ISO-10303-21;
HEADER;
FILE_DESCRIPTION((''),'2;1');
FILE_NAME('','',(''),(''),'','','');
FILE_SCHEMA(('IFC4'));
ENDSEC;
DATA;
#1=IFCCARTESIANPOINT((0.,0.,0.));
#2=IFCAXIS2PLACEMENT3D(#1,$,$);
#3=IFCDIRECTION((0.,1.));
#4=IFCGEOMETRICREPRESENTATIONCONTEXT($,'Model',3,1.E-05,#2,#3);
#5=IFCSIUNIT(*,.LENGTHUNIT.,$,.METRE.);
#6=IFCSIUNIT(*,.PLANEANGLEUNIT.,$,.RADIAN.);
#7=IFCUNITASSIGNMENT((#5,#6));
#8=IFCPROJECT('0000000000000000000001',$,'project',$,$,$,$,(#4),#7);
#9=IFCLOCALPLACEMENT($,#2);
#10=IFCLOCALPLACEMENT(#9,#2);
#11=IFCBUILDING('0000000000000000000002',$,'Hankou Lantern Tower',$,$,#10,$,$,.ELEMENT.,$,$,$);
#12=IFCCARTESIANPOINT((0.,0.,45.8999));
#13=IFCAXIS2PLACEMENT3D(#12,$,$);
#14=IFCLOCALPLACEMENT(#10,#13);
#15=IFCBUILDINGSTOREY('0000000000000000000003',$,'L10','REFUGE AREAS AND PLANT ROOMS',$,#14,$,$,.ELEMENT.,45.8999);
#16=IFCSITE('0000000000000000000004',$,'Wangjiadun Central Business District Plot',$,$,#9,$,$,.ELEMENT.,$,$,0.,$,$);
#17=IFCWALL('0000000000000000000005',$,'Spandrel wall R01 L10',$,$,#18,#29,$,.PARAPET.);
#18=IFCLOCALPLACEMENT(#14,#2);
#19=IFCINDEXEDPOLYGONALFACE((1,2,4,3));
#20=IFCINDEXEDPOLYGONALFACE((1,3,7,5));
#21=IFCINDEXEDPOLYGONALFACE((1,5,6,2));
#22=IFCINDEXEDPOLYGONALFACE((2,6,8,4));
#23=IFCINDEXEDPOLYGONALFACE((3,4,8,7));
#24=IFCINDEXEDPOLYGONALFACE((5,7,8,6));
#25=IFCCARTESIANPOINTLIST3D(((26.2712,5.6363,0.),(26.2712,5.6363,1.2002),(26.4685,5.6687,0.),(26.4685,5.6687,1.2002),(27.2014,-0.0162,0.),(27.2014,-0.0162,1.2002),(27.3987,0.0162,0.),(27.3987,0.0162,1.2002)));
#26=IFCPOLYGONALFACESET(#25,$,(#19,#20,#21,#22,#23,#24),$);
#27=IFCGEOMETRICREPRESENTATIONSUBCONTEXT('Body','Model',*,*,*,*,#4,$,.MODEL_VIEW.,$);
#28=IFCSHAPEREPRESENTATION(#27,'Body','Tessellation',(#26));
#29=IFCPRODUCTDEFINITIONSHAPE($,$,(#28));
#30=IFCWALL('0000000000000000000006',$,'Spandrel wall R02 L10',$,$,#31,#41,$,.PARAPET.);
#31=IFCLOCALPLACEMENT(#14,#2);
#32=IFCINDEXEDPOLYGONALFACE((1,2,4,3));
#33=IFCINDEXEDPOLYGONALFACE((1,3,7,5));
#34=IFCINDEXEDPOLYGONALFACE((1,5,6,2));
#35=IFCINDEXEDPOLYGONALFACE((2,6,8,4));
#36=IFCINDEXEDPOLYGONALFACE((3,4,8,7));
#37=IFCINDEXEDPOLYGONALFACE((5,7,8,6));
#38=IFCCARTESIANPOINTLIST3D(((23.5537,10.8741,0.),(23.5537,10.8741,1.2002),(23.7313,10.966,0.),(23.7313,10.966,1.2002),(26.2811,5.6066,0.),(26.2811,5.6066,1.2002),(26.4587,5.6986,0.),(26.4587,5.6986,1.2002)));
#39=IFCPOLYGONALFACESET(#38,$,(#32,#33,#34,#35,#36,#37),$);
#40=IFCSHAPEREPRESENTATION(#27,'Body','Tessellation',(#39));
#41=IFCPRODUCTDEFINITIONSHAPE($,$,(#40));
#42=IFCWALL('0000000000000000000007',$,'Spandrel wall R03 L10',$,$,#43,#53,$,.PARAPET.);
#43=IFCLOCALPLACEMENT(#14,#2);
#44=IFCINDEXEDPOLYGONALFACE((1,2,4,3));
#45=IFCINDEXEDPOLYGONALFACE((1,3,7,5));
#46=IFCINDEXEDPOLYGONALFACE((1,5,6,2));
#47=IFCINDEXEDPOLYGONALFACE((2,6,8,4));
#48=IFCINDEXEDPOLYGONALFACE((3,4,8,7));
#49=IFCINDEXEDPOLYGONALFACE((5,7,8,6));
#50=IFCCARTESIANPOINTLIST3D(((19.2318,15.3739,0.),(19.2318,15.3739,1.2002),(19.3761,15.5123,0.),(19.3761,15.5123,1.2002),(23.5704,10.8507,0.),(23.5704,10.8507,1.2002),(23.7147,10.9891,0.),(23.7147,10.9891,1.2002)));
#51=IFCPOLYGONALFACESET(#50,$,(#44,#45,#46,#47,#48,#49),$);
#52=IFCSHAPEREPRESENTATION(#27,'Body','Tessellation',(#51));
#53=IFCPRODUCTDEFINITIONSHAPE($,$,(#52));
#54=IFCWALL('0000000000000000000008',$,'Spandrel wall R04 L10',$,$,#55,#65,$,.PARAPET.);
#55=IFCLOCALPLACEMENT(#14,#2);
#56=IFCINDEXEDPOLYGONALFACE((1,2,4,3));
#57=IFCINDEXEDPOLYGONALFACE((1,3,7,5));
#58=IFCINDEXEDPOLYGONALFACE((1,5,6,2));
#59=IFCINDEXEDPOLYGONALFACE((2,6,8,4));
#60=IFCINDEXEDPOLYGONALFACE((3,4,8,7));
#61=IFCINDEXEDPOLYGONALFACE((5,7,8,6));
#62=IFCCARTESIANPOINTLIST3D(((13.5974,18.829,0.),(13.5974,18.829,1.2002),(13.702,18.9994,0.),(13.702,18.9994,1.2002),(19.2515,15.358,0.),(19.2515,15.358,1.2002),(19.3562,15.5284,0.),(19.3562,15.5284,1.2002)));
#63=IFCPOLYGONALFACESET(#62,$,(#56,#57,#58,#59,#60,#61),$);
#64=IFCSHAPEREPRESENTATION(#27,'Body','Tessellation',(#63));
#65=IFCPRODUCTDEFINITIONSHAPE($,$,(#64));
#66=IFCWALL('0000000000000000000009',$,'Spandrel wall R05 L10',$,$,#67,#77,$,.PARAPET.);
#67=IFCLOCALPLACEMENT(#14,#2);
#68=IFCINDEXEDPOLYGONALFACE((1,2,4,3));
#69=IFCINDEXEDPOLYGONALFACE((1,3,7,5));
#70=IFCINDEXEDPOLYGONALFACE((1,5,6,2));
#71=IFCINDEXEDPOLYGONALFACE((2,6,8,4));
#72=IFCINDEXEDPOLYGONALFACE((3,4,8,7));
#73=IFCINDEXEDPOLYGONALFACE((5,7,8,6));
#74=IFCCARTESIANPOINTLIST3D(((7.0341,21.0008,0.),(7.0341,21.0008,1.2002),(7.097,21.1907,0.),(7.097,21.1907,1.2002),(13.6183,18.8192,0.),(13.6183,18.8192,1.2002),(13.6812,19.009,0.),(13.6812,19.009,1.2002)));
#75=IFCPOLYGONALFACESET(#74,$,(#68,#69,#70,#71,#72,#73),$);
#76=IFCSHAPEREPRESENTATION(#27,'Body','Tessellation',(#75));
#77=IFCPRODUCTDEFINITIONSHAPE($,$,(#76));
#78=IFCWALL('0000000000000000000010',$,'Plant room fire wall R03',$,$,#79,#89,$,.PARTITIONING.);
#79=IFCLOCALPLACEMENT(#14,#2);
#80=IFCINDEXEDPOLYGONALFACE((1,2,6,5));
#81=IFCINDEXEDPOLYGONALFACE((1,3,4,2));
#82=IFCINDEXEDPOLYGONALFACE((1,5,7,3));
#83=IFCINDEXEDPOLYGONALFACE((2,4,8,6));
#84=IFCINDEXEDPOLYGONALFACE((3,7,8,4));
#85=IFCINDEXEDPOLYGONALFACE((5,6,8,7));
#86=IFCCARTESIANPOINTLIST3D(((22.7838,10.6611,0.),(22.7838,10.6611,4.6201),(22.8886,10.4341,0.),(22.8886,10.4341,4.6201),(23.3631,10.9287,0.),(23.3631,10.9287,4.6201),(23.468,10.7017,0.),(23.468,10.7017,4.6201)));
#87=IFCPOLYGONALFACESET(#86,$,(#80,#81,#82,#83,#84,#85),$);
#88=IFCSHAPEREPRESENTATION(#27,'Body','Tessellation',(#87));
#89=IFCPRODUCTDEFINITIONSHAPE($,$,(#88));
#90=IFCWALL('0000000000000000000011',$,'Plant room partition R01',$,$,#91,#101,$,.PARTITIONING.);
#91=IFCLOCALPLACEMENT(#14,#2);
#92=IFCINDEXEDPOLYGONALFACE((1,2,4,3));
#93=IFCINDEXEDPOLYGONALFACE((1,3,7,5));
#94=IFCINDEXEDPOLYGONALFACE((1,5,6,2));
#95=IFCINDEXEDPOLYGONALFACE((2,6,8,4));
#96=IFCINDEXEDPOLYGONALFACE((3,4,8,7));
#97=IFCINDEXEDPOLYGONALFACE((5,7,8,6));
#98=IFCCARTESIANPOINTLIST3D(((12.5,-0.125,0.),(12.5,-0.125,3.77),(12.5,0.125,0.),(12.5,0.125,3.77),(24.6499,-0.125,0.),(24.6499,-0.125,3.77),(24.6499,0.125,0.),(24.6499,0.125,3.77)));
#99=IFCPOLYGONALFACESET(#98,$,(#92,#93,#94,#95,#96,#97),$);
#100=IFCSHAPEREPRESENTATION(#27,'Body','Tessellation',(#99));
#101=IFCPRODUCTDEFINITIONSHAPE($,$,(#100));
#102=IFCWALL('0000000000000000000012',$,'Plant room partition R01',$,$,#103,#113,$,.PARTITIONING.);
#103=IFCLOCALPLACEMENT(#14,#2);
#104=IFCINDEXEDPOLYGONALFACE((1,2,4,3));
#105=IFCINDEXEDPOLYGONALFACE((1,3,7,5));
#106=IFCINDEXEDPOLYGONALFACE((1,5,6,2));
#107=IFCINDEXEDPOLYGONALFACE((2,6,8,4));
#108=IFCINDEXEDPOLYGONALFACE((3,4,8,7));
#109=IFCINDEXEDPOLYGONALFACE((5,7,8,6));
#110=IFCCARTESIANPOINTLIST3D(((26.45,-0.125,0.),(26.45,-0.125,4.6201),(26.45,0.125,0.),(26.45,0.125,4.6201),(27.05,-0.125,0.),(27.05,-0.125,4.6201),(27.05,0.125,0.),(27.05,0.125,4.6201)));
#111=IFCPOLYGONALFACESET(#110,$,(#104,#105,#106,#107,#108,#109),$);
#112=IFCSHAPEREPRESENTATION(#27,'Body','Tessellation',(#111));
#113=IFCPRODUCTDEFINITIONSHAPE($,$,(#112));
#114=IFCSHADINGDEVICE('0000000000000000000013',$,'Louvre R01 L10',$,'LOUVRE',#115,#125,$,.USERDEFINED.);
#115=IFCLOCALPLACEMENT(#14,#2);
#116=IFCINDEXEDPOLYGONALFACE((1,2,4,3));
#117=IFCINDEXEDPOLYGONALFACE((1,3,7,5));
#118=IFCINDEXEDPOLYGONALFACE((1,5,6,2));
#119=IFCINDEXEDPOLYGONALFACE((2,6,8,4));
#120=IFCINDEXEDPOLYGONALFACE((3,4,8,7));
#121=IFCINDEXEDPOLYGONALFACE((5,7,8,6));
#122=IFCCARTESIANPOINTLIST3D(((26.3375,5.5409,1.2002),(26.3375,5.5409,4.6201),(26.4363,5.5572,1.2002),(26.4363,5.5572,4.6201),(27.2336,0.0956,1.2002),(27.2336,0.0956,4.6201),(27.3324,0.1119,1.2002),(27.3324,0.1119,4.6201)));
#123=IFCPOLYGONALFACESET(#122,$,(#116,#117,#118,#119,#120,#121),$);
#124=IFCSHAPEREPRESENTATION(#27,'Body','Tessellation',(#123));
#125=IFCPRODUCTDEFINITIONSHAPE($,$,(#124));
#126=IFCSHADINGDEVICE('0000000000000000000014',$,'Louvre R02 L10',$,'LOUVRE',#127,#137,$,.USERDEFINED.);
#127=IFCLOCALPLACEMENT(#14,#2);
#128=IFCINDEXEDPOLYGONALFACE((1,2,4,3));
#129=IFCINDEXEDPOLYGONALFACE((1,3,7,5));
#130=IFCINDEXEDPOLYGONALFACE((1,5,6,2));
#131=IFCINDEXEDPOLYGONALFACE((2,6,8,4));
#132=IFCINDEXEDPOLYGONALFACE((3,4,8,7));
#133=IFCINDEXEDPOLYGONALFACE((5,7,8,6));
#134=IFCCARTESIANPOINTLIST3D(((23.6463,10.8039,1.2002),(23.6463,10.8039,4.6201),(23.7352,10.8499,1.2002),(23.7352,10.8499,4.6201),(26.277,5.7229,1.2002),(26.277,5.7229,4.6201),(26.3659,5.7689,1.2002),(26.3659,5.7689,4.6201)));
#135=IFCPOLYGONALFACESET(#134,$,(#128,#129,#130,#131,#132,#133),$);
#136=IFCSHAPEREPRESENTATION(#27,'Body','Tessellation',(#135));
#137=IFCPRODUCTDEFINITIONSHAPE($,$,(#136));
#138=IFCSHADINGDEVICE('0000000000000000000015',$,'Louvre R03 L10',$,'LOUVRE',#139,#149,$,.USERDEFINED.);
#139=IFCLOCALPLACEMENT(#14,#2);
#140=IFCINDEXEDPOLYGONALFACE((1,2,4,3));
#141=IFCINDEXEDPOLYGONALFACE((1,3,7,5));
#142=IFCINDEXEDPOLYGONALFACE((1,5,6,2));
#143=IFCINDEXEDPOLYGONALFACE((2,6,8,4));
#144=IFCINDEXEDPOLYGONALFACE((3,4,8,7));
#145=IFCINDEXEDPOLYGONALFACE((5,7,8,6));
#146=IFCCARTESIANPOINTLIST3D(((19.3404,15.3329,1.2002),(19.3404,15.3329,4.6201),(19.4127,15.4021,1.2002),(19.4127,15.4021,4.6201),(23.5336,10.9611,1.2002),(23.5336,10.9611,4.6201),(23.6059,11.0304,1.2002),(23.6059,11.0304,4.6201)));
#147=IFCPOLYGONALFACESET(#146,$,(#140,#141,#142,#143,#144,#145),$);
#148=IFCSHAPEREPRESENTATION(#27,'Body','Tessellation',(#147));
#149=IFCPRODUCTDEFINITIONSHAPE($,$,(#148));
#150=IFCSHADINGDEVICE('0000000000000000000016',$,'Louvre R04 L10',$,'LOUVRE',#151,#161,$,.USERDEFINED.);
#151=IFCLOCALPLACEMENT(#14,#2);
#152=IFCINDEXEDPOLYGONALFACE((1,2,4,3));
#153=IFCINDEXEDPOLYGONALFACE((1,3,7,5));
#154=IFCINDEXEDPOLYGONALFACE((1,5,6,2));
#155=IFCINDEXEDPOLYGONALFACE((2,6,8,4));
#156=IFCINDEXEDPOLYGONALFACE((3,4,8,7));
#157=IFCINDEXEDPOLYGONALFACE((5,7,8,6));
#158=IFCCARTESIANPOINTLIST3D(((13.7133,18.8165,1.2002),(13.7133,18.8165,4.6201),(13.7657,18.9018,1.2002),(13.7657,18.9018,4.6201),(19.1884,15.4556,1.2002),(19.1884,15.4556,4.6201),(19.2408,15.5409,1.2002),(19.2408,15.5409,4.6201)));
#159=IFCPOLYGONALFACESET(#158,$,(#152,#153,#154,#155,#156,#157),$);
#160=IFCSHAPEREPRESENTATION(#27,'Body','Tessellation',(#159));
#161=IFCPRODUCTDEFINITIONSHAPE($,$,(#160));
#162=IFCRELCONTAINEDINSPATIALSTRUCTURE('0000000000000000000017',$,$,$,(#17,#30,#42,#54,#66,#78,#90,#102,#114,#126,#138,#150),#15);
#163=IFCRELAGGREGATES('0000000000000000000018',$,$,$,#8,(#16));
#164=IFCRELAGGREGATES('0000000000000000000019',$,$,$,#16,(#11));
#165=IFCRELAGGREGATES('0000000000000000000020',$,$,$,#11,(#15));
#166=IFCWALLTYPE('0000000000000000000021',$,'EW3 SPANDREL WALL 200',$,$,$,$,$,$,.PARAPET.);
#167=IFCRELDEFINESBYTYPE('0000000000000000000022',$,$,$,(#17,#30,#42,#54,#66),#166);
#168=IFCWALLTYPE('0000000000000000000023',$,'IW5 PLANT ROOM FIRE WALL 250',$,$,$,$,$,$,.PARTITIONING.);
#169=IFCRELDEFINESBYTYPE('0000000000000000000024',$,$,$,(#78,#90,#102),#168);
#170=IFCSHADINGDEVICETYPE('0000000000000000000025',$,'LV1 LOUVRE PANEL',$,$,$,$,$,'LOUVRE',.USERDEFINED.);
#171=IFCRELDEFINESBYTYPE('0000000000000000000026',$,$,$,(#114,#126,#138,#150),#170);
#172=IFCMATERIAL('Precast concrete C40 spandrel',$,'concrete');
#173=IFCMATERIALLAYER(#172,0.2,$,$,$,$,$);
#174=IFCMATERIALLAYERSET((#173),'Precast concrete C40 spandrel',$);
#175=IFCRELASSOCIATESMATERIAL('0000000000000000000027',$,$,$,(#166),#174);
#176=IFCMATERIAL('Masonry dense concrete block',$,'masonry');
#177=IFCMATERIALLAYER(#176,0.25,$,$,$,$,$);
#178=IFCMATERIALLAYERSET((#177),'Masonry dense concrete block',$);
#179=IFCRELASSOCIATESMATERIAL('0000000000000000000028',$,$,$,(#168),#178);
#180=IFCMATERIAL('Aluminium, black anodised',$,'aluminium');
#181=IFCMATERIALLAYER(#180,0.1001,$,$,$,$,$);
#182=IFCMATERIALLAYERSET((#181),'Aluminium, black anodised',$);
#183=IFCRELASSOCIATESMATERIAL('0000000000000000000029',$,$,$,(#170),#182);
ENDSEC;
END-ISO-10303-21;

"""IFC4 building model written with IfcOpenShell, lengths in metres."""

from ifc_helpers import new_model, si_unit, direction, frame, frame_2d, origin, origin_2d, place, context, subcontext, project, spatial, rectangle, extrude, material, layer, layer_set, type_object, element, save


model = new_model("IFC4")

# Units and contexts
model_context = context("Model", 3, precision=1e-05, world=origin(), true_north=direction((0.0, 1.0)))
body_context = subcontext(model_context, "Body", "Model", "MODEL_VIEW")
ifc_project = project(units=[si_unit("LENGTHUNIT", "METRE"), si_unit("PLANEANGLEUNIT", "RADIAN")], contexts=[model_context])

# Site, building, storey
site_placement = place(None, origin())
site = spatial("IfcSite", under=ifc_project, at=site_placement, Name="Wangjiadun Central Business District Plot", CompositionType="ELEMENT", RefElevation=0.0)
building_placement = place(site_placement, origin())
building = spatial("IfcBuilding", under=site, at=building_placement, Name="Hankou Lantern Tower", CompositionType="ELEMENT")
storey_placement = place(building_placement, frame((0.0, 0.0, 45.8999)))
storey = spatial("IfcBuildingStorey", under=building, at=storey_placement, Name="L10", Description="REFUGE AREAS AND PLANT ROOMS", CompositionType="ELEMENT", Elevation=45.8999)

# Walls
ifc_material_1 = material(Name="Precast concrete C40 spandrel", Category="concrete")
ifc_layer_1 = layer(ifc_material_1, 0.2)
ifc_layer_set_1 = layer_set([ifc_layer_1], Name="Precast concrete C40 spandrel")
wall_type_1 = type_object("IfcWallType", Name="EW3 SPANDREL WALL 200", PredefinedType="PARAPET", material=ifc_layer_set_1)
wall_1_placement = place(storey_placement, frame((27.3, 0.0, 0.0), z_axis=(0.0, 0.0, 1.0), x_axis=(-0.162374, 0.986729, 0.0)))
element("IfcWall", 1, at=wall_1_placement, inside=storey, type_object=wall_type_1, Name="Spandrel wall R01 L10", PredefinedType="PARAPET", context=body_context, shape_type="SweptSolid", body=[
    extrude(rectangle(XDim=5.7285, YDim=0.2, at=frame_2d((2.8643, 0.0))), origin(), (0.0, 0.0, 1.0), 1.2002),
])
wall_2_placement = place(storey_placement, frame((26.3699, 5.6526, 0.0), z_axis=(0.0, 0.0, 1.0), x_axis=(-0.459797, 0.888024, 0.0)))
element("IfcWall", 2, at=wall_2_placement, inside=storey, type_object=wall_type_1, Name="Spandrel wall R02 L10", PredefinedType="PARAPET", context=body_context, shape_type="SweptSolid", body=[
    extrude(rectangle(XDim=5.9316, YDim=0.2, at=frame_2d((2.9658, 0.0))), origin(), (0.0, 0.0, 1.0), 1.2002),
])
wall_3_placement = place(storey_placement, frame((23.6426, 10.9199, 0.0), z_axis=(0.0, 0.0, 1.0), x_axis=(-0.692229, 0.721678, 0.0)))
element("IfcWall", 3, at=wall_3_placement, inside=storey, type_object=wall_type_1, Name="Spandrel wall R03 L10", PredefinedType="PARAPET", context=body_context, shape_type="SweptSolid", body=[
    extrude(rectangle(XDim=6.2676, YDim=0.2, at=frame_2d((3.1338, 0.0))), origin(), (0.0, 0.0, 1.0), 1.2002),
])
wall_4_placement = place(storey_placement, frame((19.304, 15.4431, 0.0), z_axis=(0.0, 0.0, 1.0), x_axis=(-0.852228, 0.523171, 0.0)))
element("IfcWall", 4, at=wall_4_placement, inside=storey, type_object=wall_type_1, Name="Spandrel wall R04 L10", PredefinedType="PARAPET", context=body_context, shape_type="SweptSolid", body=[
    extrude(rectangle(XDim=6.6345, YDim=0.2, at=frame_2d((3.3174, 0.0))), origin(), (0.0, 0.0, 1.0), 1.2002),
])
wall_5_placement = place(storey_placement, frame((13.6499, 18.9141, 0.0), z_axis=(0.0, 0.0, 1.0), x_axis=(-0.949248, 0.314527, 0.0)))
element("IfcWall", 5, at=wall_5_placement, inside=storey, type_object=wall_type_1, Name="Spandrel wall R05 L10", PredefinedType="PARAPET", context=body_context, shape_type="SweptSolid", body=[
    extrude(rectangle(XDim=6.9363, YDim=0.2, at=frame_2d((3.4683, 0.0))), origin(), (0.0, 0.0, 1.0), 1.2002),
])

# Shared definitions
ifc_material_2 = material(Name="Masonry dense concrete block", Category="masonry")
ifc_layer_2 = layer(ifc_material_2, 0.25)
ifc_layer_set_2 = layer_set([ifc_layer_2], Name="Masonry dense concrete block")
wall_type_2 = type_object("IfcWallType", Name="IW5 PLANT ROOM FIRE WALL 250", PredefinedType="PARTITIONING", material=ifc_layer_set_2)

# Walls
wall_6_placement = place(storey_placement, frame((22.8362, 10.5476, 0.0), z_axis=(0.0, 0.0, 1.0), x_axis=(0.907847, 0.419301, 0.0)))
element("IfcWall", 6, at=wall_6_placement, inside=storey, type_object=wall_type_2, Name="Plant room fire wall R03", PredefinedType="PARTITIONING", context=body_context, shape_type="SweptSolid", body=[
    extrude(rectangle(XDim=0.6382, YDim=0.25, at=frame_2d((0.3191, 0.0))), origin(), (0.0, 0.0, 1.0), 4.6201),
])
wall_7_placement = place(storey_placement, frame((12.5, 0.0, 0.0), z_axis=(0.0, 0.0, 1.0), x_axis=(1.0, 0.0, 0.0)))
element("IfcWall", 7, at=wall_7_placement, inside=storey, type_object=wall_type_2, Name="Plant room partition R01", PredefinedType="PARTITIONING", context=body_context, shape_type="SweptSolid", body=[
    extrude(rectangle(XDim=12.1499, YDim=0.25, at=frame_2d((6.075, 0.0))), origin(), (0.0, 0.0, 1.0), 3.77),
])
wall_8_placement = place(storey_placement, frame((26.45, 0.0, 0.0), z_axis=(0.0, 0.0, 1.0), x_axis=(1.0, 0.0, 0.0)))
element("IfcWall", 8, at=wall_8_placement, inside=storey, type_object=wall_type_2, Name="Plant room partition R01", PredefinedType="PARTITIONING", context=body_context, shape_type="SweptSolid", body=[
    extrude(rectangle(XDim=0.6001, YDim=0.25, at=frame_2d((0.3, 0.0))), origin(), (0.0, 0.0, 1.0), 4.6201),
])

# Shading devices
ifc_material_3 = material(Name="Aluminium, black anodised", Category="aluminium")
ifc_layer_3 = layer(ifc_material_3, 0.1001)
ifc_layer_set_3 = layer_set([ifc_layer_3], Name="Aluminium, black anodised")
shading_device_type = type_object("IfcShadingDeviceType", Name="LV1 LOUVRE PANEL", ElementType="LOUVRE", PredefinedType="USERDEFINED", material=ifc_layer_set_3)
shading_device_1_placement = place(storey_placement, frame((26.835, 2.8264, 1.2002), z_axis=(0.0, 0.0, 1.0), x_axis=(-0.162382, 0.986728, 0.0)))
element("IfcShadingDevice", 9, at=shading_device_1_placement, inside=storey, type_object=shading_device_type, Name="Louvre R01 L10", ObjectType="LOUVRE", PredefinedType="USERDEFINED", context=body_context, shape_type="SweptSolid", body=[
    extrude(rectangle(XDim=5.5186, YDim=0.1001, at=origin_2d()), origin(), (0.0, 0.0, 1.0), 3.4199),
])
shading_device_2_placement = place(storey_placement, frame((25.0061, 8.2864, 1.2002), z_axis=(0.0, 0.0, 1.0), x_axis=(-0.459791, 0.888027, 0.0)))
element("IfcShadingDevice", 10, at=shading_device_2_placement, inside=storey, type_object=shading_device_type, Name="Louvre R02 L10", ObjectType="LOUVRE", PredefinedType="USERDEFINED", context=body_context, shape_type="SweptSolid", body=[
    extrude(rectangle(XDim=5.7217, YDim=0.1001, at=origin_2d()), origin(), (0.0, 0.0, 1.0), 3.4199),
])
shading_device_3_placement = place(storey_placement, frame((21.4731, 13.1816, 1.2002), z_axis=(0.0, 0.0, 1.0), x_axis=(-0.692216, 0.721691, 0.0)))
element("IfcShadingDevice", 11, at=shading_device_3_placement, inside=storey, type_object=shading_device_type, Name="Louvre R03 L10", ObjectType="LOUVRE", PredefinedType="USERDEFINED", context=body_context, shape_type="SweptSolid", body=[
    extrude(rectangle(XDim=6.0576, YDim=0.1001, at=origin_2d()), origin(), (0.0, 0.0, 1.0), 3.4199),
])
shading_device_4_placement = place(storey_placement, frame((16.4771, 17.1787, 1.2002), z_axis=(0.0, 0.0, 1.0), x_axis=(-0.852237, 0.523156, 0.0)))
element("IfcShadingDevice", 12, at=shading_device_4_placement, inside=storey, type_object=shading_device_type, Name="Louvre R04 L10", ObjectType="LOUVRE", PredefinedType="USERDEFINED", context=body_context, shape_type="SweptSolid", body=[
    extrude(rectangle(XDim=6.4243, YDim=0.1001, at=origin_2d()), origin(), (0.0, 0.0, 1.0), 3.4199),
])

save(model, "model.ifc")
